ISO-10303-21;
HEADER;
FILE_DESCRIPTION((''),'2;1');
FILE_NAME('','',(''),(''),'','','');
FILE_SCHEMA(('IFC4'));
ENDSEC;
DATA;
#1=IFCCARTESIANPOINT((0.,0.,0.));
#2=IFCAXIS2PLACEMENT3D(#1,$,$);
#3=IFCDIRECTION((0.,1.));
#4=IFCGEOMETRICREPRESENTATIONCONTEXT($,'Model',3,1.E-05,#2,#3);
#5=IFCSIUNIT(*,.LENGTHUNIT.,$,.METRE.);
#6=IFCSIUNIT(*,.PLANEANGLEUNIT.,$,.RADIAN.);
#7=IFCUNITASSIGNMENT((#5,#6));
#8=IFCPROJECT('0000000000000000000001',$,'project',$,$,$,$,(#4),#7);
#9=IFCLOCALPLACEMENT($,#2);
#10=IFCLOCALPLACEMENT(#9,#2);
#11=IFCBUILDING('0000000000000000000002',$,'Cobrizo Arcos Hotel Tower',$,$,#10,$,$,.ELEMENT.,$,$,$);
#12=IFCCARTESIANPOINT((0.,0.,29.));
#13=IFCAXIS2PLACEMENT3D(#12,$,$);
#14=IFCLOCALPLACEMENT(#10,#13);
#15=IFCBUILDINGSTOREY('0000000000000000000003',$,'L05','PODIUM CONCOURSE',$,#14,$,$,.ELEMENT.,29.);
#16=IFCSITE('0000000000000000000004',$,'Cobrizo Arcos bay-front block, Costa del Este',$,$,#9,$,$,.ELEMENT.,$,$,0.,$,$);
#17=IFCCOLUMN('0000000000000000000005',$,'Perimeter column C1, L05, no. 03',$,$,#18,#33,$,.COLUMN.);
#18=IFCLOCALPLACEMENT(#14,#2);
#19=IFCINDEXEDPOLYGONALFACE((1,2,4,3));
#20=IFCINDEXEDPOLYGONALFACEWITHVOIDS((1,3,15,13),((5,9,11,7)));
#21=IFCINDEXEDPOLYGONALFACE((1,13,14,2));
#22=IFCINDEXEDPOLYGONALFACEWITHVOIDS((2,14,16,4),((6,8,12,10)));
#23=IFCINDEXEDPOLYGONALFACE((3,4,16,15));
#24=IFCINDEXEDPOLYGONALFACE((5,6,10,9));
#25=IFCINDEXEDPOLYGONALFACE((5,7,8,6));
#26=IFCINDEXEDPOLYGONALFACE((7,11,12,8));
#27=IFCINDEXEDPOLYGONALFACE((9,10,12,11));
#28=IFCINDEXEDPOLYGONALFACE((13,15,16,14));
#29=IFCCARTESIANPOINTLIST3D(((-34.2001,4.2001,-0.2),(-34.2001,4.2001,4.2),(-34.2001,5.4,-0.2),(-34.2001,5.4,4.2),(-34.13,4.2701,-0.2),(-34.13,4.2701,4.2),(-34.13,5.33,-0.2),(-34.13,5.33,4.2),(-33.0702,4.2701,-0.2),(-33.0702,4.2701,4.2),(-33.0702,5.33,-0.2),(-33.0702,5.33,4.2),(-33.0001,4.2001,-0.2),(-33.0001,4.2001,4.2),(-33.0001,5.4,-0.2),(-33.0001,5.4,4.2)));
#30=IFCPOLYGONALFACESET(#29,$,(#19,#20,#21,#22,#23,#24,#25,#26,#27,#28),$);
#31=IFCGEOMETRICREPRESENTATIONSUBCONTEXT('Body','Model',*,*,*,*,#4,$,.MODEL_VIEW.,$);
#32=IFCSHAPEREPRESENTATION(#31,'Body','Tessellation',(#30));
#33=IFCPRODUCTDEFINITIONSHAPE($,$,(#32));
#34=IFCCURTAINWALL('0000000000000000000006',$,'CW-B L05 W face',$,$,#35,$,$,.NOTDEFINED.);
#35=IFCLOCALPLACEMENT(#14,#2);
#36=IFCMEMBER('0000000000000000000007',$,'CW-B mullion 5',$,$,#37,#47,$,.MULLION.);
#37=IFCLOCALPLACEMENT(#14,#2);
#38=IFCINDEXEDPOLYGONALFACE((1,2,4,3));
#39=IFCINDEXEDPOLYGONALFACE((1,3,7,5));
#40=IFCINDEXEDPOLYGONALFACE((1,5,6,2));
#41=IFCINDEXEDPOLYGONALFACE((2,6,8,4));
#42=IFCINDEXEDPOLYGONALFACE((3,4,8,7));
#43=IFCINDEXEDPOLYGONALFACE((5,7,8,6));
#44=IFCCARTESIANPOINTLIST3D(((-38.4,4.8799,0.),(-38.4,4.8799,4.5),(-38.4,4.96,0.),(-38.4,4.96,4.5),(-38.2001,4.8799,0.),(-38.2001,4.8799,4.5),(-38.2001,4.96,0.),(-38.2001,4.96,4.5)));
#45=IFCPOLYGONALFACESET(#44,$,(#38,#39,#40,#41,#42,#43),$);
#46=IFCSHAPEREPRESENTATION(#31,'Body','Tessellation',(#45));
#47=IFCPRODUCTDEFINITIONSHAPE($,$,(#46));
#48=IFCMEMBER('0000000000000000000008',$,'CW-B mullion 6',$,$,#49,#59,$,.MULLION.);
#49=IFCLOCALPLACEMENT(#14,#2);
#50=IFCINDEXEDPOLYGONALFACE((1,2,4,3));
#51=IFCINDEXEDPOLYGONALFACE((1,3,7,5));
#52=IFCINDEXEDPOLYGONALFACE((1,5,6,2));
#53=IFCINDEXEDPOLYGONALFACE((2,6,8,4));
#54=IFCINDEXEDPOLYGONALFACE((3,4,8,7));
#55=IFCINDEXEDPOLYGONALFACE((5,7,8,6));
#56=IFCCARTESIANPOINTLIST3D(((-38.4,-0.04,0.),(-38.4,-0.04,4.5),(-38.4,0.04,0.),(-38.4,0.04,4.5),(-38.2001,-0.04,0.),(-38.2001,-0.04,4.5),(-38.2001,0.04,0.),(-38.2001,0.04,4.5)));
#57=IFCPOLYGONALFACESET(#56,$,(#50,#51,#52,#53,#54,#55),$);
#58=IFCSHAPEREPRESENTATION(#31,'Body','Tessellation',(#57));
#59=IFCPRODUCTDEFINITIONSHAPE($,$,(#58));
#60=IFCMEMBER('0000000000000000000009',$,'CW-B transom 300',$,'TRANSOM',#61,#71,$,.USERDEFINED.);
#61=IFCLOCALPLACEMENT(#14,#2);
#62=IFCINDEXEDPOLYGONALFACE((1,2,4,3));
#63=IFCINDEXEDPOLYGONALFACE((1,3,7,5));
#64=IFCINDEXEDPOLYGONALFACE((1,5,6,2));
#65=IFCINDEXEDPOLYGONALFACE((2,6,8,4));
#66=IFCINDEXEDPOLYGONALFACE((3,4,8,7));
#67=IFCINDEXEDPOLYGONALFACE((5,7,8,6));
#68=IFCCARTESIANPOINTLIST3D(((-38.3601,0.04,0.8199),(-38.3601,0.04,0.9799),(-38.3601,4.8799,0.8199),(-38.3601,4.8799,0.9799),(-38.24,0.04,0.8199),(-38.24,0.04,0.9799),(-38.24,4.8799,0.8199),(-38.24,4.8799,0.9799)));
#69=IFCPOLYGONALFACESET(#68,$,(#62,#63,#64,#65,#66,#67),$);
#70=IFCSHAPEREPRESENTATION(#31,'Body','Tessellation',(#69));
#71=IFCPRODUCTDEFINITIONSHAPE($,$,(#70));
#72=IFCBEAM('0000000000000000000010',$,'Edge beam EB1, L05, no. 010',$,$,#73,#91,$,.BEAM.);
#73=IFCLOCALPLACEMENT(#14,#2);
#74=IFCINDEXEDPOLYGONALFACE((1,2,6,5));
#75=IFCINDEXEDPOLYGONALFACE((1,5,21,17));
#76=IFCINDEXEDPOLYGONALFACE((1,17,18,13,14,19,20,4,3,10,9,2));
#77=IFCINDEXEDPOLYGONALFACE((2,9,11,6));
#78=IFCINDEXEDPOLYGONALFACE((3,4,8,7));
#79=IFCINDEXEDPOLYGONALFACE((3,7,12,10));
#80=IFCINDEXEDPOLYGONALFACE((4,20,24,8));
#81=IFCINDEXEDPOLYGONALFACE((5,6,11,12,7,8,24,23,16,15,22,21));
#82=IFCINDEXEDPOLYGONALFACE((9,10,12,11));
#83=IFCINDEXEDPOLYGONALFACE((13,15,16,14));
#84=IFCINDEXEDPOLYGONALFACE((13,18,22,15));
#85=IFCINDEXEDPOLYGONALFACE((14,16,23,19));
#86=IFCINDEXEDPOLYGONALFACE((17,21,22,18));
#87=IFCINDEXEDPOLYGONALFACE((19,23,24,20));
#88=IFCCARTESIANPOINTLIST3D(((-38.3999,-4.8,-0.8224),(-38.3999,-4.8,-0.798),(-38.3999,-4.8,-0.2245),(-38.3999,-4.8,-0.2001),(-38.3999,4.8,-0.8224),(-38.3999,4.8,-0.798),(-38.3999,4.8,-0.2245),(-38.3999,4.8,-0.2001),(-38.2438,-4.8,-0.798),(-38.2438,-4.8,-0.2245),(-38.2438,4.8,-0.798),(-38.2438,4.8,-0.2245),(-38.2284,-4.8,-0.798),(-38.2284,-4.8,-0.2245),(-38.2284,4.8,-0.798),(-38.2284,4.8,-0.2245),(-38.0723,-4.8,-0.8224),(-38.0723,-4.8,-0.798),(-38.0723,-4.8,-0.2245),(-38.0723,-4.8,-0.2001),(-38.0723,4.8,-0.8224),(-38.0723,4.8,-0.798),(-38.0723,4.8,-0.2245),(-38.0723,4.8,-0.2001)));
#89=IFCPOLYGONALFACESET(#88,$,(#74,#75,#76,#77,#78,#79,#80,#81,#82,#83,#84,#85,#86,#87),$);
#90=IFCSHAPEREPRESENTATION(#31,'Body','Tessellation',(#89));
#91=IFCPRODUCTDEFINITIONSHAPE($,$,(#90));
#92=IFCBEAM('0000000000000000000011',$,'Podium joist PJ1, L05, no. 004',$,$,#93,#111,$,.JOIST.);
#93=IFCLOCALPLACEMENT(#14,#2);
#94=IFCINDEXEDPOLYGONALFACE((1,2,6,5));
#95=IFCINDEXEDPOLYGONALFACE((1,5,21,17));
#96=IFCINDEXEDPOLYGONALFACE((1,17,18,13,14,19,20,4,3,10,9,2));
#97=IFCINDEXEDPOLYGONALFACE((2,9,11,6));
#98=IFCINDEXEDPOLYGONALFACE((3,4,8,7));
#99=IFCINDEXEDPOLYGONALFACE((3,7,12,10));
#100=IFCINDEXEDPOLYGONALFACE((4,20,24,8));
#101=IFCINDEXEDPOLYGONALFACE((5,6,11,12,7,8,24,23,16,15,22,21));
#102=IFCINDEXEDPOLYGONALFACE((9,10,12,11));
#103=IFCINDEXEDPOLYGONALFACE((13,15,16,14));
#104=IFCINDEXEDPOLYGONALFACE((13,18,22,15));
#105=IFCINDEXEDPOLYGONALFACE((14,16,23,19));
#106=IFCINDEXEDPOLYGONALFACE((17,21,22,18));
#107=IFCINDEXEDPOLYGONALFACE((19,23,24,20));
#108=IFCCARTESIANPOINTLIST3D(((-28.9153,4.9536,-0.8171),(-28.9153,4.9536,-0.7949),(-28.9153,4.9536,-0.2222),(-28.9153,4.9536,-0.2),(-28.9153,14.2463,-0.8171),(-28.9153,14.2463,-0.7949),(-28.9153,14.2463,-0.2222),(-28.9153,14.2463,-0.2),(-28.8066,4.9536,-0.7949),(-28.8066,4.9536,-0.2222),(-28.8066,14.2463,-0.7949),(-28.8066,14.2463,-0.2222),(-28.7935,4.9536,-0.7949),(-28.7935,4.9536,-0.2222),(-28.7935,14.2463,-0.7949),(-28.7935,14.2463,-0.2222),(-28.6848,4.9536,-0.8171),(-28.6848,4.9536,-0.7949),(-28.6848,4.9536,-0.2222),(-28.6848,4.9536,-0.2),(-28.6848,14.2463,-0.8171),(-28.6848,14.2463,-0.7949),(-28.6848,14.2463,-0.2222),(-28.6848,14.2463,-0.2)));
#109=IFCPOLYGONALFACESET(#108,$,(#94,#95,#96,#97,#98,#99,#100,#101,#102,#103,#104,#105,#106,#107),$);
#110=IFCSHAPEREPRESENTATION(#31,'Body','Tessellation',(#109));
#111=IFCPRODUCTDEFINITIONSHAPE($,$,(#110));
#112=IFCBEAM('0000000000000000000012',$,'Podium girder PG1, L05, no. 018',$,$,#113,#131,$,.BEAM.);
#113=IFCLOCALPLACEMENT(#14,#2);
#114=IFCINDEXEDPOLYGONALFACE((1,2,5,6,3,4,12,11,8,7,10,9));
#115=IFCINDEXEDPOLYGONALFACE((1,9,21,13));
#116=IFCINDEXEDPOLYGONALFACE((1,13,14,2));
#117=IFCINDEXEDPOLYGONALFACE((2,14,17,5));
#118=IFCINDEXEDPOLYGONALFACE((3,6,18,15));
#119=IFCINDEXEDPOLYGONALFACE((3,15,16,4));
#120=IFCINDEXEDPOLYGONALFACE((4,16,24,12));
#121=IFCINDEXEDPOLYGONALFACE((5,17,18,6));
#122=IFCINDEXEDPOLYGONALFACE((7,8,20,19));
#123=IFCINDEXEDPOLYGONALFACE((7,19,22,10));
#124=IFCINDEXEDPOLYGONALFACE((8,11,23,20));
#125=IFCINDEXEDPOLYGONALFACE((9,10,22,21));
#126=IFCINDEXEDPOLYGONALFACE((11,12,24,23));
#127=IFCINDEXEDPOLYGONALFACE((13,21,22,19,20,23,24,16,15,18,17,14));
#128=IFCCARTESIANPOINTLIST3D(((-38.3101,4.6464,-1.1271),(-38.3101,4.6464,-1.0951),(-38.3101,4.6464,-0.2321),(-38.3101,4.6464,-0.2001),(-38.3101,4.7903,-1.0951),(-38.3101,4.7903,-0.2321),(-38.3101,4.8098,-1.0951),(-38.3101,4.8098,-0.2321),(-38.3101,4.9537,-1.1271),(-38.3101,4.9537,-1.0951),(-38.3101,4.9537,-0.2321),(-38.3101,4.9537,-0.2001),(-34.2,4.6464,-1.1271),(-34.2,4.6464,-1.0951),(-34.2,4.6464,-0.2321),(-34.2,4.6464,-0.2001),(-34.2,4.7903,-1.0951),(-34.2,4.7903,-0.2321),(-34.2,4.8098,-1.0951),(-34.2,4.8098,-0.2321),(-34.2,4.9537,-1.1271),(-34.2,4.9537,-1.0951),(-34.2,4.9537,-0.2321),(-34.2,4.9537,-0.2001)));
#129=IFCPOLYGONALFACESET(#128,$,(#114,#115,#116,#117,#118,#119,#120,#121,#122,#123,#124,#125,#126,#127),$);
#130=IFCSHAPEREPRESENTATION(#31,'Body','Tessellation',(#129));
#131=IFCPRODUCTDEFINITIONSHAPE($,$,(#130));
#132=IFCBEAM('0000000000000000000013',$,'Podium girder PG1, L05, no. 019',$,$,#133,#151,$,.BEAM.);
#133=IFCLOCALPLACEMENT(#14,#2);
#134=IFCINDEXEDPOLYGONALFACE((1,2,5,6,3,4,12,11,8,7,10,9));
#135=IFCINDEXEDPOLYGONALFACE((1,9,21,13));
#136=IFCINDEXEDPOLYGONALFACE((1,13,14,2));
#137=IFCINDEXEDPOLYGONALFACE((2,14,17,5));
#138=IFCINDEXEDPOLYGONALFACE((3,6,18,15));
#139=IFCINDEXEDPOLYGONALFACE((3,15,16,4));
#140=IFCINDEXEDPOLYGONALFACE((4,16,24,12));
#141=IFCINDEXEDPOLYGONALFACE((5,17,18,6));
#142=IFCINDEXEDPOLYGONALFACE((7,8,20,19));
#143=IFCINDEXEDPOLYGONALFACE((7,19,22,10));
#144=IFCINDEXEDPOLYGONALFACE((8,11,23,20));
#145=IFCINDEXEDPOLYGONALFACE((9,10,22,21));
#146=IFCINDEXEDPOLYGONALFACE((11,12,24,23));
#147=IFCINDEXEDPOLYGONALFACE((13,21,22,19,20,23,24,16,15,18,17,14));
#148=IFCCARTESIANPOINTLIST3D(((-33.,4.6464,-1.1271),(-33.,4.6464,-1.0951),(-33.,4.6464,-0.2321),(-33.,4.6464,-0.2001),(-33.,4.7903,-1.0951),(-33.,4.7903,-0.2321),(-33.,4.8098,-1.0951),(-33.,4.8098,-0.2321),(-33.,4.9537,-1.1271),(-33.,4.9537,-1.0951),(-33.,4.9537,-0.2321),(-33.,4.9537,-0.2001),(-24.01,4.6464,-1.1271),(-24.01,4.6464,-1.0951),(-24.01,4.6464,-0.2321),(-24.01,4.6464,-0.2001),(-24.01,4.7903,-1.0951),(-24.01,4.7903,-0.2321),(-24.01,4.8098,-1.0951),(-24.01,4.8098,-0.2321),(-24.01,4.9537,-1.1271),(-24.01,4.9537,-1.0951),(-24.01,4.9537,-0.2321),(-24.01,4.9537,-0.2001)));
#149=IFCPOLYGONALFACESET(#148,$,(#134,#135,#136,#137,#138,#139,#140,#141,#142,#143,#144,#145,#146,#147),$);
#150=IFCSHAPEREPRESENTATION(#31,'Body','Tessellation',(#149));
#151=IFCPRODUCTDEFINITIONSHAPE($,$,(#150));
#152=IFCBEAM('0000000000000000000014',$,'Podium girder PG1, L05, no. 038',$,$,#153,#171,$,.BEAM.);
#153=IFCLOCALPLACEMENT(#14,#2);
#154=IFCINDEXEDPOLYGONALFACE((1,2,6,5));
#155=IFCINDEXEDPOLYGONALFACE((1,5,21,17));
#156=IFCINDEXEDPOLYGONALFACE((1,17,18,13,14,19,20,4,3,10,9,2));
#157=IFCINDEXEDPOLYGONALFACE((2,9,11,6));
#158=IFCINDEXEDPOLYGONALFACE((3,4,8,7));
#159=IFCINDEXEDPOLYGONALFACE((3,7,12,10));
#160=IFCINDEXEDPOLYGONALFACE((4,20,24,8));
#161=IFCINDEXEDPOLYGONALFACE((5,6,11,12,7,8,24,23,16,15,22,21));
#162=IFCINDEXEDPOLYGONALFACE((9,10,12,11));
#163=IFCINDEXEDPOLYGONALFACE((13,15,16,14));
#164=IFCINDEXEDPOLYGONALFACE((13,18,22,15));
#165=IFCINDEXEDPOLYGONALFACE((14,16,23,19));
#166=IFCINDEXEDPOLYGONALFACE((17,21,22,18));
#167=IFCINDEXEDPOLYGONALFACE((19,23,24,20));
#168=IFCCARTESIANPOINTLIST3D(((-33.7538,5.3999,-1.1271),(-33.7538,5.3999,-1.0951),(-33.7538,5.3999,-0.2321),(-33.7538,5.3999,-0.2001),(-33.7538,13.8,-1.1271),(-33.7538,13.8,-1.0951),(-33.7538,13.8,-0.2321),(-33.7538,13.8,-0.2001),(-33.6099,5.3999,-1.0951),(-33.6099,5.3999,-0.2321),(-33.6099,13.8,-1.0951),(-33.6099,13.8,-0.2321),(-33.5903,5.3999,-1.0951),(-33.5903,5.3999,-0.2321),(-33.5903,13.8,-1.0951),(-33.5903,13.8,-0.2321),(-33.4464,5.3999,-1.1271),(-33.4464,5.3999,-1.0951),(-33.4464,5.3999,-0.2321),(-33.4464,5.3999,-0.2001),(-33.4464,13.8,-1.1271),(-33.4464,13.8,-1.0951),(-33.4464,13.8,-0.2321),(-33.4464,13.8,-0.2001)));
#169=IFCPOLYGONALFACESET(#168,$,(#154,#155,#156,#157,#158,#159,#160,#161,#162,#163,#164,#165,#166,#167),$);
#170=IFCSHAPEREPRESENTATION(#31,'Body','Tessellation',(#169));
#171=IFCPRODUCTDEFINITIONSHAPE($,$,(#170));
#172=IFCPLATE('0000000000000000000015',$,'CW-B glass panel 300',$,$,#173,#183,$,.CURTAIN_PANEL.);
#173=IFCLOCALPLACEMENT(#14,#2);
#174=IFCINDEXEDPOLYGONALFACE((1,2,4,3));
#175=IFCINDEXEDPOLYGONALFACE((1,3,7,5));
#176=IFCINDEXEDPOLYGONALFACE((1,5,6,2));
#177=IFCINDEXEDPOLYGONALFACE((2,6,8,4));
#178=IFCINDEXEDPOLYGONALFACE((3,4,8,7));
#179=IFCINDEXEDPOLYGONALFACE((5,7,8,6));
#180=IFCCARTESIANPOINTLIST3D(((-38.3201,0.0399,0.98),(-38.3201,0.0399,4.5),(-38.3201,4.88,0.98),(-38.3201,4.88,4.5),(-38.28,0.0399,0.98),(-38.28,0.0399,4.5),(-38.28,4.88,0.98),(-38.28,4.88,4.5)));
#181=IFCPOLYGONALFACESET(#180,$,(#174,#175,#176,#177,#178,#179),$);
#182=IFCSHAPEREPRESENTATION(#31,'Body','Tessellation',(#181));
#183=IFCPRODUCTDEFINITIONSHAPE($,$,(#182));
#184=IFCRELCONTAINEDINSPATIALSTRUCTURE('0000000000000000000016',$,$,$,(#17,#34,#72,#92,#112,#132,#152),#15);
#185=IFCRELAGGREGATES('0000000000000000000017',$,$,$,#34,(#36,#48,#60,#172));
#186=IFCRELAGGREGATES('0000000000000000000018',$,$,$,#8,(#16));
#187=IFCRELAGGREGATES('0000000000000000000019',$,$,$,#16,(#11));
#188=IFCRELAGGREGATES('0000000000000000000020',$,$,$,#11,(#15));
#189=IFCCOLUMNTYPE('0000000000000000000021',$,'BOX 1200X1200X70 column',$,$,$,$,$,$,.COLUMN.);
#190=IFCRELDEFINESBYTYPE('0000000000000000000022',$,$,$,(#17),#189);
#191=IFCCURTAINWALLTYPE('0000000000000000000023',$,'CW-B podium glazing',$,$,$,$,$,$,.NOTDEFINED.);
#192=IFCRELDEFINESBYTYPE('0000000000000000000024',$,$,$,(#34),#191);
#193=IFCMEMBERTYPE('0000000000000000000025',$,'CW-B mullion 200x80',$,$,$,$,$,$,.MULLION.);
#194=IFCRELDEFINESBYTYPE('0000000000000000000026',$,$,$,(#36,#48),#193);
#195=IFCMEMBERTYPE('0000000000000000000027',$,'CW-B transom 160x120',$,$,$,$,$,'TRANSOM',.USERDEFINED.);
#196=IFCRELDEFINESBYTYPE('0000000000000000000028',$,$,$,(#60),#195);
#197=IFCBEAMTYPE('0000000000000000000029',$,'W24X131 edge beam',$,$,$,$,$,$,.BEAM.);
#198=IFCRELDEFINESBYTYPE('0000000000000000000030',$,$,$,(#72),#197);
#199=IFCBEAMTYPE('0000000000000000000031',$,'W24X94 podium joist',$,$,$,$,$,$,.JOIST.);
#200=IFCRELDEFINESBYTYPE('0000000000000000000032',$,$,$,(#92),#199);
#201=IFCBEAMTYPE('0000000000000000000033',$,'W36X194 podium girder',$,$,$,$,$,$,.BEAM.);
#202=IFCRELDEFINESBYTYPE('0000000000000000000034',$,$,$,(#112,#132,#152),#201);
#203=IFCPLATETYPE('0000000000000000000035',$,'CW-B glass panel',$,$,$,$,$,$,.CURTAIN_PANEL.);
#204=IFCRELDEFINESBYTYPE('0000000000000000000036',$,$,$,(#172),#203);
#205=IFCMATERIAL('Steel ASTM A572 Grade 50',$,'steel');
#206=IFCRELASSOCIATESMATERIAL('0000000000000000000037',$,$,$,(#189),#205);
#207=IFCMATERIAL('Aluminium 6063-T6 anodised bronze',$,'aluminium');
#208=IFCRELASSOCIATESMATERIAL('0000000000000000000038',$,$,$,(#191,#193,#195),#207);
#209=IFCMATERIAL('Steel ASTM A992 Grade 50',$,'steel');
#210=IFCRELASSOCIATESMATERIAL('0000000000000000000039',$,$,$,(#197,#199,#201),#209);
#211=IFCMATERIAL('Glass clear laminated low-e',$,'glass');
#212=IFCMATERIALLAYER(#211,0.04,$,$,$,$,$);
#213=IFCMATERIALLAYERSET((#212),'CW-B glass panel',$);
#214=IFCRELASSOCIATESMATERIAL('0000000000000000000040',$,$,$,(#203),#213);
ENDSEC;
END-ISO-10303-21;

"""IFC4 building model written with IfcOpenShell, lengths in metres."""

from ifc_helpers import new_model, si_unit, direction, frame, origin, origin_2d, place, context, subcontext, project, spatial, rectangle, hollow_rectangle, i_section, extrude, material, layer, layer_set, material_profile, profile_set, type_object, element, aggregate, save


model = new_model("IFC4")

# Units and contexts
model_context = context("Model", 3, precision=1e-05, world=origin(), true_north=direction((0.0, 1.0)))
body_context = subcontext(model_context, "Body", "Model", "MODEL_VIEW")
ifc_project = project(units=[si_unit("LENGTHUNIT", "METRE"), si_unit("PLANEANGLEUNIT", "RADIAN")], contexts=[model_context])

# Site, building, storey
site_placement = place(None, origin())
site = spatial("IfcSite", under=ifc_project, at=site_placement, Name="Cobrizo Arcos bay-front block, Costa del Este", CompositionType="ELEMENT", RefElevation=0.0)
building_placement = place(site_placement, origin())
building = spatial("IfcBuilding", under=site, at=building_placement, Name="Cobrizo Arcos Hotel Tower", CompositionType="ELEMENT")
storey_placement = place(building_placement, frame((0.0, 0.0, 29.0)))
storey = spatial("IfcBuildingStorey", under=building, at=storey_placement, Name="L05", Description="PODIUM CONCOURSE", CompositionType="ELEMENT", Elevation=29.0)

# Column
ifc_material_1 = material(Name="Steel ASTM A572 Grade 50", Category="steel")
ifc_material_profile_1 = material_profile(ifc_material_1, hollow_rectangle(XDim=1.2, YDim=1.2, WallThickness=0.0701, at=origin_2d()), Name="BOX 1200X1200X70")
ifc_profile_set_1 = profile_set([ifc_material_profile_1], Name="Steel ASTM A572 Grade 50")
column_type = type_object("IfcColumnType", Name="BOX 1200X1200X70 column", PredefinedType="COLUMN", material=ifc_profile_set_1)
column_placement = place(storey_placement, frame((-33.6001, 4.8, -0.2), z_axis=(0.0, 0.0, 1.0), x_axis=(1.0, 0.0, 0.0)))
element("IfcColumn", 1, at=column_placement, inside=storey, type_object=column_type, Name="Perimeter column C1, L05, no. 03", PredefinedType="COLUMN", context=body_context, shape_type="SweptSolid", body=[
    extrude(hollow_rectangle(XDim=1.2, YDim=1.2, WallThickness=0.0701, at=origin_2d()), origin(), (0.0, 0.0, 1.0), 4.3999),
])

# Curtain wall, members
ifc_material_2 = material(Name="Aluminium 6063-T6 anodised bronze", Category="aluminium")
curtain_wall_type = type_object("IfcCurtainWallType", Name="CW-B podium glazing", PredefinedType="NOTDEFINED", material=ifc_material_2)
curtain_wall_placement = place(storey_placement, origin())
curtain_wall = element("IfcCurtainWall", 2, at=curtain_wall_placement, inside=storey, type_object=curtain_wall_type, Name="CW-B L05 W face", PredefinedType="NOTDEFINED")
ifc_material_profile_2 = material_profile(ifc_material_2, rectangle(XDim=0.2, YDim=0.0801, at=origin_2d()), Name="CW-B mullion 200x80")
ifc_profile_set_2 = profile_set([ifc_material_profile_2], Name="Aluminium 6063-T6 anodised bronze")
member_type_1 = type_object("IfcMemberType", Name="CW-B mullion 200x80", PredefinedType="MULLION", material=ifc_profile_set_2)
member_1_placement = place(storey_placement, frame((-38.3, 4.9199, 0.0), z_axis=(0.0, 0.0, 1.0), x_axis=(-1.0, 0.0, 0.0)))
member_1 = element("IfcMember", 3, at=member_1_placement, type_object=member_type_1, Name="CW-B mullion 5", PredefinedType="MULLION", context=body_context, shape_type="SweptSolid", body=[
    extrude(rectangle(XDim=0.2, YDim=0.0801, at=origin_2d()), origin(), (0.0, 0.0, 1.0), 4.5),
])
member_2_placement = place(storey_placement, frame((-38.3, 0.0, 0.0), z_axis=(0.0, 0.0, 1.0), x_axis=(-1.0, 0.0, 0.0)))
member_2 = element("IfcMember", 4, at=member_2_placement, type_object=member_type_1, Name="CW-B mullion 6", PredefinedType="MULLION", context=body_context, shape_type="SweptSolid", body=[
    extrude(rectangle(XDim=0.2, YDim=0.0801, at=origin_2d()), origin(), (0.0, 0.0, 1.0), 4.5),
])
ifc_material_profile_3 = material_profile(ifc_material_2, rectangle(XDim=0.1201, YDim=0.1599, at=origin_2d()), Name="CW-B transom 160x120")
ifc_profile_set_3 = profile_set([ifc_material_profile_3], Name="Aluminium 6063-T6 anodised bronze")
member_type_2 = type_object("IfcMemberType", Name="CW-B transom 160x120", ElementType="TRANSOM", PredefinedType="USERDEFINED", material=ifc_profile_set_3)
member_3_placement = place(storey_placement, frame((-38.3, 4.8799, 0.8999), z_axis=(0.0, -1.0, 0.0), x_axis=(1.0, 0.0, 0.0)))
member_3 = element("IfcMember", 5, at=member_3_placement, type_object=member_type_2, Name="CW-B transom 300", ObjectType="TRANSOM", PredefinedType="USERDEFINED", context=body_context, shape_type="SweptSolid", body=[
    extrude(rectangle(XDim=0.1201, YDim=0.1599, at=origin_2d()), origin(), (0.0, 0.0, 1.0), 4.8398),
])

# Beams
ifc_material_3 = material(Name="Steel ASTM A992 Grade 50", Category="steel")
ifc_material_profile_4 = material_profile(ifc_material_3, i_section(OverallWidth=0.3276, OverallDepth=0.6223, WebThickness=0.0154, FlangeThickness=0.0244, at=origin_2d()), Name="W24X131")
ifc_profile_set_4 = profile_set([ifc_material_profile_4], Name="Steel ASTM A992 Grade 50")
beam_type_1 = type_object("IfcBeamType", Name="W24X131 edge beam", PredefinedType="BEAM", material=ifc_profile_set_4)
beam_1_placement = place(storey_placement, frame((-38.2361, 4.8, -0.5112), z_axis=(0.0, -1.0, 0.0), x_axis=(1.0, 0.0, 0.0)))
element("IfcBeam", 6, at=beam_1_placement, inside=storey, type_object=beam_type_1, Name="Edge beam EB1, L05, no. 010", PredefinedType="BEAM", context=body_context, shape_type="SweptSolid", body=[
    extrude(i_section(OverallWidth=0.3276, OverallDepth=0.6223, WebThickness=0.0154, FlangeThickness=0.0244, at=origin_2d()), origin(), (0.0, 0.0, 1.0), 9.6001),
])
ifc_material_profile_5 = material_profile(ifc_material_3, i_section(OverallWidth=0.2305, OverallDepth=0.6172, WebThickness=0.0132, FlangeThickness=0.0222, at=origin_2d()), Name="W24X94")
ifc_profile_set_5 = profile_set([ifc_material_profile_5], Name="Steel ASTM A992 Grade 50")
beam_type_2 = type_object("IfcBeamType", Name="W24X94 podium joist", PredefinedType="JOIST", material=ifc_profile_set_5)
beam_2_placement = place(storey_placement, frame((-28.8, 4.9536, -0.5085), z_axis=(0.0, 1.0, 0.0), x_axis=(-1.0, 0.0, 0.0)))
element("IfcBeam", 7, at=beam_2_placement, inside=storey, type_object=beam_type_2, Name="Podium joist PJ1, L05, no. 004", PredefinedType="JOIST", context=body_context, shape_type="SweptSolid", body=[
    extrude(i_section(OverallWidth=0.2305, OverallDepth=0.6172, WebThickness=0.0132, FlangeThickness=0.0222, at=origin_2d()), origin(), (0.0, 0.0, 1.0), 9.2927),
])
ifc_material_profile_6 = material_profile(ifc_material_3, i_section(OverallWidth=0.3074, OverallDepth=0.927, WebThickness=0.0195, FlangeThickness=0.032, at=origin_2d()), Name="W36X194")
ifc_profile_set_6 = profile_set([ifc_material_profile_6], Name="Steel ASTM A992 Grade 50")
beam_type_3 = type_object("IfcBeamType", Name="W36X194 podium girder", PredefinedType="BEAM", material=ifc_profile_set_6)
beam_3_placement = place(storey_placement, frame((-38.3101, 4.8, -0.6636), z_axis=(1.0, 0.0, 0.0), x_axis=(0.0, 1.0, 0.0)))
element("IfcBeam", 8, at=beam_3_placement, inside=storey, type_object=beam_type_3, Name="Podium girder PG1, L05, no. 018", PredefinedType="BEAM", context=body_context, shape_type="SweptSolid", body=[
    extrude(i_section(OverallWidth=0.3074, OverallDepth=0.927, WebThickness=0.0195, FlangeThickness=0.032, at=origin_2d()), origin(), (0.0, 0.0, 1.0), 4.1101),
])
beam_4_placement = place(storey_placement, frame((-33.0, 4.8, -0.6636), z_axis=(1.0, 0.0, 0.0), x_axis=(0.0, 1.0, 0.0)))
element("IfcBeam", 9, at=beam_4_placement, inside=storey, type_object=beam_type_3, Name="Podium girder PG1, L05, no. 019", PredefinedType="BEAM", context=body_context, shape_type="SweptSolid", body=[
    extrude(i_section(OverallWidth=0.3074, OverallDepth=0.927, WebThickness=0.0195, FlangeThickness=0.032, at=origin_2d()), origin(), (0.0, 0.0, 1.0), 8.99),
])
beam_5_placement = place(storey_placement, frame((-33.6001, 5.3999, -0.6636), z_axis=(0.0, 1.0, 0.0), x_axis=(-1.0, 0.0, 0.0)))
element("IfcBeam", 10, at=beam_5_placement, inside=storey, type_object=beam_type_3, Name="Podium girder PG1, L05, no. 038", PredefinedType="BEAM", context=body_context, shape_type="SweptSolid", body=[
    extrude(i_section(OverallWidth=0.3074, OverallDepth=0.927, WebThickness=0.0195, FlangeThickness=0.032, at=origin_2d()), origin(), (0.0, 0.0, 1.0), 8.4001),
])

# Plate
ifc_material_4 = material(Name="Glass clear laminated low-e", Category="glass")
ifc_layer_1 = layer(ifc_material_4, 0.04)
ifc_layer_set_1 = layer_set([ifc_layer_1], Name="CW-B glass panel")
plate_type_1 = type_object("IfcPlateType", Name="CW-B glass panel", PredefinedType="CURTAIN_PANEL", material=ifc_layer_set_1)
plate_1_placement = place(storey_placement, frame((-38.3, 2.46, 0.98), z_axis=(0.0, 0.0, 1.0), x_axis=(0.0, -1.0, 0.0)))
plate_1 = element("IfcPlate", 11, at=plate_1_placement, type_object=plate_type_1, Name="CW-B glass panel 300", PredefinedType="CURTAIN_PANEL", context=body_context, shape_type="SweptSolid", body=[
    extrude(rectangle(XDim=4.8401, YDim=0.04, at=origin_2d()), origin(), (0.0, 0.0, 1.0), 3.52),
])
aggregate(curtain_wall, [member_1, member_2, member_3, plate_1])

save(model, "model.ifc")
